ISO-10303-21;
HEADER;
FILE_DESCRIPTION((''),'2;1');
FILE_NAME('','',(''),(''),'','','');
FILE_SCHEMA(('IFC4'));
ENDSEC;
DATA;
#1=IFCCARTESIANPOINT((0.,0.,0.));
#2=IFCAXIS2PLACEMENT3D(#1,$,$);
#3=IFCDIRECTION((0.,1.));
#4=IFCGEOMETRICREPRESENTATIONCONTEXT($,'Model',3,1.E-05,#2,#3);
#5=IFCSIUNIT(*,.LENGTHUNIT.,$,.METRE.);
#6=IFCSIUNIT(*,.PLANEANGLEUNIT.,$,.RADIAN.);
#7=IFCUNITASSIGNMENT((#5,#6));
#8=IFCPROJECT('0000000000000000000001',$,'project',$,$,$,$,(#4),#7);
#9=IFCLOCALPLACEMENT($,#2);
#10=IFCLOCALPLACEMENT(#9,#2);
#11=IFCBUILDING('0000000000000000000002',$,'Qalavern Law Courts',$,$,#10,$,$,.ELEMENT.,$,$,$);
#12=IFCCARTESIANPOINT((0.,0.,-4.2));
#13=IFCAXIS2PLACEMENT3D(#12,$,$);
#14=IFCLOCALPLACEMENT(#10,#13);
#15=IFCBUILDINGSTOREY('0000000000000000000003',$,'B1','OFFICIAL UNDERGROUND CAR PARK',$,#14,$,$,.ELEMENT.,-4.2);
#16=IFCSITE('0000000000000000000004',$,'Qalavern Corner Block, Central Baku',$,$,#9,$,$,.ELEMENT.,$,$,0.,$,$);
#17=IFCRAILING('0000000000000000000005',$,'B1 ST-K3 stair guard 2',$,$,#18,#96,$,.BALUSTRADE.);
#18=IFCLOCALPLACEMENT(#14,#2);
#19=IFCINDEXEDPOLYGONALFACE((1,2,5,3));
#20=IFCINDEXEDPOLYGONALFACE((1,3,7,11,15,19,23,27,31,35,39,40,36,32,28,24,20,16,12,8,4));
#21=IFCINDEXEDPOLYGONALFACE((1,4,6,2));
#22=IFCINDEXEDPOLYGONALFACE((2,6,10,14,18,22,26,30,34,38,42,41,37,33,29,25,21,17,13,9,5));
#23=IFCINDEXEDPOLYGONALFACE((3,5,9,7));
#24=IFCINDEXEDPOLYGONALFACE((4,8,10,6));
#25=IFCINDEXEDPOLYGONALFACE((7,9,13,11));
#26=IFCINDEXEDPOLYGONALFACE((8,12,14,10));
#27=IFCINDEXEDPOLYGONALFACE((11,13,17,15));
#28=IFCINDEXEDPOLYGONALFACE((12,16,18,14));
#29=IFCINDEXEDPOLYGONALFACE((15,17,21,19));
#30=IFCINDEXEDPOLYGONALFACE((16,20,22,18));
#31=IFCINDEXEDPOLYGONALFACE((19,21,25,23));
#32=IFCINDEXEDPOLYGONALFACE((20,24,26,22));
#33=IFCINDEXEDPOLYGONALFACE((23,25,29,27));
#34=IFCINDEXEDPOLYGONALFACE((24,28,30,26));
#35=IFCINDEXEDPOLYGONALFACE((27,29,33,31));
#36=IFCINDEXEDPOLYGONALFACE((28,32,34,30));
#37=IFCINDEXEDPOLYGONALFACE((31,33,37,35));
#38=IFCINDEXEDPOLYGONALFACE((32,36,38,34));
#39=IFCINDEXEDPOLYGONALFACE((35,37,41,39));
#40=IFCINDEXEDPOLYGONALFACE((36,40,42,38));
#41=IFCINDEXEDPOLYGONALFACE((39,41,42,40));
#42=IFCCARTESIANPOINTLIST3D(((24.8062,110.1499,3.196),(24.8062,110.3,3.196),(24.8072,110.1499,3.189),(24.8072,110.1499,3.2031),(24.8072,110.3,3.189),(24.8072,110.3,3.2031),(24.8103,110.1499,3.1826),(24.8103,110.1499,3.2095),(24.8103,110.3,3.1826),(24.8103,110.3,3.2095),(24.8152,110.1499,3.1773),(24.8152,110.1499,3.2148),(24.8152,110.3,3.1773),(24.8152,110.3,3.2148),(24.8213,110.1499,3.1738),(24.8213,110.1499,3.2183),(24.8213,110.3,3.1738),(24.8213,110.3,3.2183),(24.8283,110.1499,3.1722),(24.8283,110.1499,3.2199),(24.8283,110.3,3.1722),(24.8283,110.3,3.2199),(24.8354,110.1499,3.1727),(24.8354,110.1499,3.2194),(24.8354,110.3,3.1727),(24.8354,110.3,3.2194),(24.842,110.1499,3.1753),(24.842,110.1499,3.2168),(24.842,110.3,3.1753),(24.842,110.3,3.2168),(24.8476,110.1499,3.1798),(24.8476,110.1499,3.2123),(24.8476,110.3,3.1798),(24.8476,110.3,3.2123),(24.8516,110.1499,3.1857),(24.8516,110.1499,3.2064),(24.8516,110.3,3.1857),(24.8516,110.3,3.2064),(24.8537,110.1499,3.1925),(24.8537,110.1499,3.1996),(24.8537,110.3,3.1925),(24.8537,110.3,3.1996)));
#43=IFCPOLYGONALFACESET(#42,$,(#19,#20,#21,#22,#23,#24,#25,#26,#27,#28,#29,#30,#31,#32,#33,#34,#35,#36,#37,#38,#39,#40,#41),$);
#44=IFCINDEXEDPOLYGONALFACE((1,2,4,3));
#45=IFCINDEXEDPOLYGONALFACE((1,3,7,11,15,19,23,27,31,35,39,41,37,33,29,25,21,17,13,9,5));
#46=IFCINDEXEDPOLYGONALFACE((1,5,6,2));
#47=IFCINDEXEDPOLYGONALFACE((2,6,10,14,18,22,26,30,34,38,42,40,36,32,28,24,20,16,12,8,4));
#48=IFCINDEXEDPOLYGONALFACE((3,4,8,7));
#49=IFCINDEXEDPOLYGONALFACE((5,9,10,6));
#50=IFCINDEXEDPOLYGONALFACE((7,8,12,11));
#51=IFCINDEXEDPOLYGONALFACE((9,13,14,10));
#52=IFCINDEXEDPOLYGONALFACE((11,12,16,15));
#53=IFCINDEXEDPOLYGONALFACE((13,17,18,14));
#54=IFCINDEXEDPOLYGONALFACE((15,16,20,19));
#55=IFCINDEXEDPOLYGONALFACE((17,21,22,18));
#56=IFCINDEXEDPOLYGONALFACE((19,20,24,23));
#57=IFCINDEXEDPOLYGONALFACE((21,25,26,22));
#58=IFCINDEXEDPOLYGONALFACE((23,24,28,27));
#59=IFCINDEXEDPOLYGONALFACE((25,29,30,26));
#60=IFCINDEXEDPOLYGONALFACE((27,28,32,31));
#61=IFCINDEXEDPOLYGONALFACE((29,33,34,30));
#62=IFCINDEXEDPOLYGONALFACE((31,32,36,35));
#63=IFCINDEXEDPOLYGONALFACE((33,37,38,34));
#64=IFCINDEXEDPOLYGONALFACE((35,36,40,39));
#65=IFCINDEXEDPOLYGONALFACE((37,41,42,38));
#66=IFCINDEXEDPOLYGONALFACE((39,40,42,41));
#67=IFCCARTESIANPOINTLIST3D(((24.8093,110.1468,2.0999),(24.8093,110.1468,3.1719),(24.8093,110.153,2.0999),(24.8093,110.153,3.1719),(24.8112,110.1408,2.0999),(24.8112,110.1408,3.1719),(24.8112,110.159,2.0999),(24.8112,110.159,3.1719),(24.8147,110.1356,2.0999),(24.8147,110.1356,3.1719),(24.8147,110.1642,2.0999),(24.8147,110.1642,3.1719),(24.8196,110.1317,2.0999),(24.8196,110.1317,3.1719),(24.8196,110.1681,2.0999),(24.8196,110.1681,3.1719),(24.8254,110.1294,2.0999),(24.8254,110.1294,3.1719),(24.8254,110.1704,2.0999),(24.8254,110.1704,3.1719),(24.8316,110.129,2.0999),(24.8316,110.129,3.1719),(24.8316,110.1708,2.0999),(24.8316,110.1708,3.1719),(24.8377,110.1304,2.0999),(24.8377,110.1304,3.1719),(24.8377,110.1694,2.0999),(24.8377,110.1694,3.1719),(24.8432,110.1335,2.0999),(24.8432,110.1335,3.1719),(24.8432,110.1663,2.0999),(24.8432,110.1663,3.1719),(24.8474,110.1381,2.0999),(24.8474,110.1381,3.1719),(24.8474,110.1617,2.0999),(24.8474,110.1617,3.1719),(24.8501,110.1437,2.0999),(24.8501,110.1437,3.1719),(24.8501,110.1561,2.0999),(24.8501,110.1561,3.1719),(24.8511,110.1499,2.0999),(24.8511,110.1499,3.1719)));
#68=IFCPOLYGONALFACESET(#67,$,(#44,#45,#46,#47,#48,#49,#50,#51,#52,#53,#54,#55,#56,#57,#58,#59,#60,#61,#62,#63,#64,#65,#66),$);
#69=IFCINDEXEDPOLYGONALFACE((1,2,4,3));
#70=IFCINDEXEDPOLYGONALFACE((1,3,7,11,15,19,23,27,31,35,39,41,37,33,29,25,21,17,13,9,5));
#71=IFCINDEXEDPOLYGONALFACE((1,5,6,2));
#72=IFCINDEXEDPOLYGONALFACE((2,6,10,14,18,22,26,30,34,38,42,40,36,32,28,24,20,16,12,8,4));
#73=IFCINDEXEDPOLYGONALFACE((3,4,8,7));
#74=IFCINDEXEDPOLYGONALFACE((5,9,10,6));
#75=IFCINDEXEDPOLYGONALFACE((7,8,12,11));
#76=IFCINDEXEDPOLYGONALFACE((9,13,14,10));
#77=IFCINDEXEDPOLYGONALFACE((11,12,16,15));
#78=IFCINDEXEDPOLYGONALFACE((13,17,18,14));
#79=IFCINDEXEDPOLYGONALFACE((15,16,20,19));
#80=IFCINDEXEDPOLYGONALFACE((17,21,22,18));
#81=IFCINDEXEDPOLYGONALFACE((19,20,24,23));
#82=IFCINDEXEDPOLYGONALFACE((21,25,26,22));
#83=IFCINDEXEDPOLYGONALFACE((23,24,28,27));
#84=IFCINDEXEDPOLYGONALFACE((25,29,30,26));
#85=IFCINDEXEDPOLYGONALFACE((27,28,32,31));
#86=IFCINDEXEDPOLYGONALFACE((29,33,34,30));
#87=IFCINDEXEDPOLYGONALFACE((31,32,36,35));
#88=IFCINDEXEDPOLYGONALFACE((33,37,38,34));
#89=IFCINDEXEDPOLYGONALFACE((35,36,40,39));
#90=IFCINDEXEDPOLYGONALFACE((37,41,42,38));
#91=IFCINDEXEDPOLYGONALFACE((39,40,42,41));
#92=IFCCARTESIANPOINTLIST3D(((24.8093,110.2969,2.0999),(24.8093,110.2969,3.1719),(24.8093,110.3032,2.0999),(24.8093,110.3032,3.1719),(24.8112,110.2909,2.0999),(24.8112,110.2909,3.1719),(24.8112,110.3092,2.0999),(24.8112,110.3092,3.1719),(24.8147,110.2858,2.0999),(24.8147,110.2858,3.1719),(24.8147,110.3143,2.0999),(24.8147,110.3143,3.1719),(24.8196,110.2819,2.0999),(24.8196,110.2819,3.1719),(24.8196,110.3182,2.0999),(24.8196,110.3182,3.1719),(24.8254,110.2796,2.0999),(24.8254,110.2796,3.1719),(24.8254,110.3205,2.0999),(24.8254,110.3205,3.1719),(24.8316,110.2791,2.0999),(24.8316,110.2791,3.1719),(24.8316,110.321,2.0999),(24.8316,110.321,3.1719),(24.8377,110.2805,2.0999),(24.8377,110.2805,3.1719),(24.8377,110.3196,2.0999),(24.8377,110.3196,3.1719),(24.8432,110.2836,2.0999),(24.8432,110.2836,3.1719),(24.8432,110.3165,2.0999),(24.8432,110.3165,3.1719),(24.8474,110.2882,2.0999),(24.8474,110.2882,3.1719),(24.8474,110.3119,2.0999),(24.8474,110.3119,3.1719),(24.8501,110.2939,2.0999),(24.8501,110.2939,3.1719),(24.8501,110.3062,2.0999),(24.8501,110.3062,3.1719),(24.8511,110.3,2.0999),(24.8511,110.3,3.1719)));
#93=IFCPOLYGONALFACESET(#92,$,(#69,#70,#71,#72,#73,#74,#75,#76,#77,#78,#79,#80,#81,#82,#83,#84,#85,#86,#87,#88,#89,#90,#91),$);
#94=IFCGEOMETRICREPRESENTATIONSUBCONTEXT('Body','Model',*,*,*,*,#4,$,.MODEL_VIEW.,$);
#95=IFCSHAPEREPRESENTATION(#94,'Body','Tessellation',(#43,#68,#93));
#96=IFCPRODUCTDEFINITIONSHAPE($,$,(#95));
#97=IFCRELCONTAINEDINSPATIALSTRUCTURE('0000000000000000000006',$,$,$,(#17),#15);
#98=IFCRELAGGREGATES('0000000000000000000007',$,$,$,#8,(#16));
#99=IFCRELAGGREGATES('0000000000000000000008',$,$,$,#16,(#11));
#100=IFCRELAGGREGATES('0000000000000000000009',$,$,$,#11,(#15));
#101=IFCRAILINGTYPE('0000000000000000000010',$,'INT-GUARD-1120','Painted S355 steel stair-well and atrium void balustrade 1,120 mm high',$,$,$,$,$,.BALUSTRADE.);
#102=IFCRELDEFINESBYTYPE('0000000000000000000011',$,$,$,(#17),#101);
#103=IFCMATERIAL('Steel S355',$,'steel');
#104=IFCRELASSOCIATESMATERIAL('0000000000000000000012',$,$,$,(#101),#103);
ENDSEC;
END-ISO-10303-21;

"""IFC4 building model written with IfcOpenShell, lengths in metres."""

from ifc_helpers import new_model, si_unit, direction, frame, origin, origin_2d, place, context, subcontext, project, spatial, circle, extrude, material, type_object, element, save


model = new_model("IFC4")

# Units and contexts
model_context = context("Model", 3, precision=1e-05, world=origin(), true_north=direction((0.0, 1.0)))
body_context = subcontext(model_context, "Body", "Model", "MODEL_VIEW")
ifc_project = project(units=[si_unit("LENGTHUNIT", "METRE"), si_unit("PLANEANGLEUNIT", "RADIAN")], contexts=[model_context])

# Site, building, storey
site_placement = place(None, origin())
site = spatial("IfcSite", under=ifc_project, at=site_placement, Name="Qalavern Corner Block, Central Baku", CompositionType="ELEMENT", RefElevation=0.0)
building_placement = place(site_placement, origin())
building = spatial("IfcBuilding", under=site, at=building_placement, Name="Qalavern Law Courts", CompositionType="ELEMENT")
storey_placement = place(building_placement, frame((0.0, 0.0, -4.2)))
storey = spatial("IfcBuildingStorey", under=building, at=storey_placement, Name="B1", Description="OFFICIAL UNDERGROUND CAR PARK", CompositionType="ELEMENT", Elevation=-4.2)

# Shared definitions
ifc_material_1 = material(Name="Steel S355", Category="steel")

# Railing
railing_type_1 = type_object("IfcRailingType", Name="INT-GUARD-1120", Description="Painted S355 steel stair-well and atrium void balustrade 1,120 mm high", PredefinedType="BALUSTRADE", material=ifc_material_1)
railing_1_placement = place(storey_placement, frame((24.8301, 110.1499, 2.0999)))
element("IfcRailing", 1, at=railing_1_placement, inside=storey, type_object=railing_type_1, Name="B1 ST-K3 stair guard 2", PredefinedType="BALUSTRADE", context=body_context, shape_type="SweptSolid", body=[
    extrude(circle(Radius=0.0239, at=origin_2d()), frame((0.0, 0.0, 1.0962), z_axis=(0.0, 1.0, 0.0), x_axis=(-1.0, 0.0, 0.0)), (0.0, 0.0, 1.0), 0.1501),
    extrude(circle(Radius=0.021, at=origin_2d()), origin(), (0.0, 0.0, 1.0), 1.072),
    extrude(circle(Radius=0.021, at=origin_2d()), frame((0.0, 0.1501, 0.0)), (0.0, 0.0, 1.0), 1.072),
])

save(model, "model.ifc")
